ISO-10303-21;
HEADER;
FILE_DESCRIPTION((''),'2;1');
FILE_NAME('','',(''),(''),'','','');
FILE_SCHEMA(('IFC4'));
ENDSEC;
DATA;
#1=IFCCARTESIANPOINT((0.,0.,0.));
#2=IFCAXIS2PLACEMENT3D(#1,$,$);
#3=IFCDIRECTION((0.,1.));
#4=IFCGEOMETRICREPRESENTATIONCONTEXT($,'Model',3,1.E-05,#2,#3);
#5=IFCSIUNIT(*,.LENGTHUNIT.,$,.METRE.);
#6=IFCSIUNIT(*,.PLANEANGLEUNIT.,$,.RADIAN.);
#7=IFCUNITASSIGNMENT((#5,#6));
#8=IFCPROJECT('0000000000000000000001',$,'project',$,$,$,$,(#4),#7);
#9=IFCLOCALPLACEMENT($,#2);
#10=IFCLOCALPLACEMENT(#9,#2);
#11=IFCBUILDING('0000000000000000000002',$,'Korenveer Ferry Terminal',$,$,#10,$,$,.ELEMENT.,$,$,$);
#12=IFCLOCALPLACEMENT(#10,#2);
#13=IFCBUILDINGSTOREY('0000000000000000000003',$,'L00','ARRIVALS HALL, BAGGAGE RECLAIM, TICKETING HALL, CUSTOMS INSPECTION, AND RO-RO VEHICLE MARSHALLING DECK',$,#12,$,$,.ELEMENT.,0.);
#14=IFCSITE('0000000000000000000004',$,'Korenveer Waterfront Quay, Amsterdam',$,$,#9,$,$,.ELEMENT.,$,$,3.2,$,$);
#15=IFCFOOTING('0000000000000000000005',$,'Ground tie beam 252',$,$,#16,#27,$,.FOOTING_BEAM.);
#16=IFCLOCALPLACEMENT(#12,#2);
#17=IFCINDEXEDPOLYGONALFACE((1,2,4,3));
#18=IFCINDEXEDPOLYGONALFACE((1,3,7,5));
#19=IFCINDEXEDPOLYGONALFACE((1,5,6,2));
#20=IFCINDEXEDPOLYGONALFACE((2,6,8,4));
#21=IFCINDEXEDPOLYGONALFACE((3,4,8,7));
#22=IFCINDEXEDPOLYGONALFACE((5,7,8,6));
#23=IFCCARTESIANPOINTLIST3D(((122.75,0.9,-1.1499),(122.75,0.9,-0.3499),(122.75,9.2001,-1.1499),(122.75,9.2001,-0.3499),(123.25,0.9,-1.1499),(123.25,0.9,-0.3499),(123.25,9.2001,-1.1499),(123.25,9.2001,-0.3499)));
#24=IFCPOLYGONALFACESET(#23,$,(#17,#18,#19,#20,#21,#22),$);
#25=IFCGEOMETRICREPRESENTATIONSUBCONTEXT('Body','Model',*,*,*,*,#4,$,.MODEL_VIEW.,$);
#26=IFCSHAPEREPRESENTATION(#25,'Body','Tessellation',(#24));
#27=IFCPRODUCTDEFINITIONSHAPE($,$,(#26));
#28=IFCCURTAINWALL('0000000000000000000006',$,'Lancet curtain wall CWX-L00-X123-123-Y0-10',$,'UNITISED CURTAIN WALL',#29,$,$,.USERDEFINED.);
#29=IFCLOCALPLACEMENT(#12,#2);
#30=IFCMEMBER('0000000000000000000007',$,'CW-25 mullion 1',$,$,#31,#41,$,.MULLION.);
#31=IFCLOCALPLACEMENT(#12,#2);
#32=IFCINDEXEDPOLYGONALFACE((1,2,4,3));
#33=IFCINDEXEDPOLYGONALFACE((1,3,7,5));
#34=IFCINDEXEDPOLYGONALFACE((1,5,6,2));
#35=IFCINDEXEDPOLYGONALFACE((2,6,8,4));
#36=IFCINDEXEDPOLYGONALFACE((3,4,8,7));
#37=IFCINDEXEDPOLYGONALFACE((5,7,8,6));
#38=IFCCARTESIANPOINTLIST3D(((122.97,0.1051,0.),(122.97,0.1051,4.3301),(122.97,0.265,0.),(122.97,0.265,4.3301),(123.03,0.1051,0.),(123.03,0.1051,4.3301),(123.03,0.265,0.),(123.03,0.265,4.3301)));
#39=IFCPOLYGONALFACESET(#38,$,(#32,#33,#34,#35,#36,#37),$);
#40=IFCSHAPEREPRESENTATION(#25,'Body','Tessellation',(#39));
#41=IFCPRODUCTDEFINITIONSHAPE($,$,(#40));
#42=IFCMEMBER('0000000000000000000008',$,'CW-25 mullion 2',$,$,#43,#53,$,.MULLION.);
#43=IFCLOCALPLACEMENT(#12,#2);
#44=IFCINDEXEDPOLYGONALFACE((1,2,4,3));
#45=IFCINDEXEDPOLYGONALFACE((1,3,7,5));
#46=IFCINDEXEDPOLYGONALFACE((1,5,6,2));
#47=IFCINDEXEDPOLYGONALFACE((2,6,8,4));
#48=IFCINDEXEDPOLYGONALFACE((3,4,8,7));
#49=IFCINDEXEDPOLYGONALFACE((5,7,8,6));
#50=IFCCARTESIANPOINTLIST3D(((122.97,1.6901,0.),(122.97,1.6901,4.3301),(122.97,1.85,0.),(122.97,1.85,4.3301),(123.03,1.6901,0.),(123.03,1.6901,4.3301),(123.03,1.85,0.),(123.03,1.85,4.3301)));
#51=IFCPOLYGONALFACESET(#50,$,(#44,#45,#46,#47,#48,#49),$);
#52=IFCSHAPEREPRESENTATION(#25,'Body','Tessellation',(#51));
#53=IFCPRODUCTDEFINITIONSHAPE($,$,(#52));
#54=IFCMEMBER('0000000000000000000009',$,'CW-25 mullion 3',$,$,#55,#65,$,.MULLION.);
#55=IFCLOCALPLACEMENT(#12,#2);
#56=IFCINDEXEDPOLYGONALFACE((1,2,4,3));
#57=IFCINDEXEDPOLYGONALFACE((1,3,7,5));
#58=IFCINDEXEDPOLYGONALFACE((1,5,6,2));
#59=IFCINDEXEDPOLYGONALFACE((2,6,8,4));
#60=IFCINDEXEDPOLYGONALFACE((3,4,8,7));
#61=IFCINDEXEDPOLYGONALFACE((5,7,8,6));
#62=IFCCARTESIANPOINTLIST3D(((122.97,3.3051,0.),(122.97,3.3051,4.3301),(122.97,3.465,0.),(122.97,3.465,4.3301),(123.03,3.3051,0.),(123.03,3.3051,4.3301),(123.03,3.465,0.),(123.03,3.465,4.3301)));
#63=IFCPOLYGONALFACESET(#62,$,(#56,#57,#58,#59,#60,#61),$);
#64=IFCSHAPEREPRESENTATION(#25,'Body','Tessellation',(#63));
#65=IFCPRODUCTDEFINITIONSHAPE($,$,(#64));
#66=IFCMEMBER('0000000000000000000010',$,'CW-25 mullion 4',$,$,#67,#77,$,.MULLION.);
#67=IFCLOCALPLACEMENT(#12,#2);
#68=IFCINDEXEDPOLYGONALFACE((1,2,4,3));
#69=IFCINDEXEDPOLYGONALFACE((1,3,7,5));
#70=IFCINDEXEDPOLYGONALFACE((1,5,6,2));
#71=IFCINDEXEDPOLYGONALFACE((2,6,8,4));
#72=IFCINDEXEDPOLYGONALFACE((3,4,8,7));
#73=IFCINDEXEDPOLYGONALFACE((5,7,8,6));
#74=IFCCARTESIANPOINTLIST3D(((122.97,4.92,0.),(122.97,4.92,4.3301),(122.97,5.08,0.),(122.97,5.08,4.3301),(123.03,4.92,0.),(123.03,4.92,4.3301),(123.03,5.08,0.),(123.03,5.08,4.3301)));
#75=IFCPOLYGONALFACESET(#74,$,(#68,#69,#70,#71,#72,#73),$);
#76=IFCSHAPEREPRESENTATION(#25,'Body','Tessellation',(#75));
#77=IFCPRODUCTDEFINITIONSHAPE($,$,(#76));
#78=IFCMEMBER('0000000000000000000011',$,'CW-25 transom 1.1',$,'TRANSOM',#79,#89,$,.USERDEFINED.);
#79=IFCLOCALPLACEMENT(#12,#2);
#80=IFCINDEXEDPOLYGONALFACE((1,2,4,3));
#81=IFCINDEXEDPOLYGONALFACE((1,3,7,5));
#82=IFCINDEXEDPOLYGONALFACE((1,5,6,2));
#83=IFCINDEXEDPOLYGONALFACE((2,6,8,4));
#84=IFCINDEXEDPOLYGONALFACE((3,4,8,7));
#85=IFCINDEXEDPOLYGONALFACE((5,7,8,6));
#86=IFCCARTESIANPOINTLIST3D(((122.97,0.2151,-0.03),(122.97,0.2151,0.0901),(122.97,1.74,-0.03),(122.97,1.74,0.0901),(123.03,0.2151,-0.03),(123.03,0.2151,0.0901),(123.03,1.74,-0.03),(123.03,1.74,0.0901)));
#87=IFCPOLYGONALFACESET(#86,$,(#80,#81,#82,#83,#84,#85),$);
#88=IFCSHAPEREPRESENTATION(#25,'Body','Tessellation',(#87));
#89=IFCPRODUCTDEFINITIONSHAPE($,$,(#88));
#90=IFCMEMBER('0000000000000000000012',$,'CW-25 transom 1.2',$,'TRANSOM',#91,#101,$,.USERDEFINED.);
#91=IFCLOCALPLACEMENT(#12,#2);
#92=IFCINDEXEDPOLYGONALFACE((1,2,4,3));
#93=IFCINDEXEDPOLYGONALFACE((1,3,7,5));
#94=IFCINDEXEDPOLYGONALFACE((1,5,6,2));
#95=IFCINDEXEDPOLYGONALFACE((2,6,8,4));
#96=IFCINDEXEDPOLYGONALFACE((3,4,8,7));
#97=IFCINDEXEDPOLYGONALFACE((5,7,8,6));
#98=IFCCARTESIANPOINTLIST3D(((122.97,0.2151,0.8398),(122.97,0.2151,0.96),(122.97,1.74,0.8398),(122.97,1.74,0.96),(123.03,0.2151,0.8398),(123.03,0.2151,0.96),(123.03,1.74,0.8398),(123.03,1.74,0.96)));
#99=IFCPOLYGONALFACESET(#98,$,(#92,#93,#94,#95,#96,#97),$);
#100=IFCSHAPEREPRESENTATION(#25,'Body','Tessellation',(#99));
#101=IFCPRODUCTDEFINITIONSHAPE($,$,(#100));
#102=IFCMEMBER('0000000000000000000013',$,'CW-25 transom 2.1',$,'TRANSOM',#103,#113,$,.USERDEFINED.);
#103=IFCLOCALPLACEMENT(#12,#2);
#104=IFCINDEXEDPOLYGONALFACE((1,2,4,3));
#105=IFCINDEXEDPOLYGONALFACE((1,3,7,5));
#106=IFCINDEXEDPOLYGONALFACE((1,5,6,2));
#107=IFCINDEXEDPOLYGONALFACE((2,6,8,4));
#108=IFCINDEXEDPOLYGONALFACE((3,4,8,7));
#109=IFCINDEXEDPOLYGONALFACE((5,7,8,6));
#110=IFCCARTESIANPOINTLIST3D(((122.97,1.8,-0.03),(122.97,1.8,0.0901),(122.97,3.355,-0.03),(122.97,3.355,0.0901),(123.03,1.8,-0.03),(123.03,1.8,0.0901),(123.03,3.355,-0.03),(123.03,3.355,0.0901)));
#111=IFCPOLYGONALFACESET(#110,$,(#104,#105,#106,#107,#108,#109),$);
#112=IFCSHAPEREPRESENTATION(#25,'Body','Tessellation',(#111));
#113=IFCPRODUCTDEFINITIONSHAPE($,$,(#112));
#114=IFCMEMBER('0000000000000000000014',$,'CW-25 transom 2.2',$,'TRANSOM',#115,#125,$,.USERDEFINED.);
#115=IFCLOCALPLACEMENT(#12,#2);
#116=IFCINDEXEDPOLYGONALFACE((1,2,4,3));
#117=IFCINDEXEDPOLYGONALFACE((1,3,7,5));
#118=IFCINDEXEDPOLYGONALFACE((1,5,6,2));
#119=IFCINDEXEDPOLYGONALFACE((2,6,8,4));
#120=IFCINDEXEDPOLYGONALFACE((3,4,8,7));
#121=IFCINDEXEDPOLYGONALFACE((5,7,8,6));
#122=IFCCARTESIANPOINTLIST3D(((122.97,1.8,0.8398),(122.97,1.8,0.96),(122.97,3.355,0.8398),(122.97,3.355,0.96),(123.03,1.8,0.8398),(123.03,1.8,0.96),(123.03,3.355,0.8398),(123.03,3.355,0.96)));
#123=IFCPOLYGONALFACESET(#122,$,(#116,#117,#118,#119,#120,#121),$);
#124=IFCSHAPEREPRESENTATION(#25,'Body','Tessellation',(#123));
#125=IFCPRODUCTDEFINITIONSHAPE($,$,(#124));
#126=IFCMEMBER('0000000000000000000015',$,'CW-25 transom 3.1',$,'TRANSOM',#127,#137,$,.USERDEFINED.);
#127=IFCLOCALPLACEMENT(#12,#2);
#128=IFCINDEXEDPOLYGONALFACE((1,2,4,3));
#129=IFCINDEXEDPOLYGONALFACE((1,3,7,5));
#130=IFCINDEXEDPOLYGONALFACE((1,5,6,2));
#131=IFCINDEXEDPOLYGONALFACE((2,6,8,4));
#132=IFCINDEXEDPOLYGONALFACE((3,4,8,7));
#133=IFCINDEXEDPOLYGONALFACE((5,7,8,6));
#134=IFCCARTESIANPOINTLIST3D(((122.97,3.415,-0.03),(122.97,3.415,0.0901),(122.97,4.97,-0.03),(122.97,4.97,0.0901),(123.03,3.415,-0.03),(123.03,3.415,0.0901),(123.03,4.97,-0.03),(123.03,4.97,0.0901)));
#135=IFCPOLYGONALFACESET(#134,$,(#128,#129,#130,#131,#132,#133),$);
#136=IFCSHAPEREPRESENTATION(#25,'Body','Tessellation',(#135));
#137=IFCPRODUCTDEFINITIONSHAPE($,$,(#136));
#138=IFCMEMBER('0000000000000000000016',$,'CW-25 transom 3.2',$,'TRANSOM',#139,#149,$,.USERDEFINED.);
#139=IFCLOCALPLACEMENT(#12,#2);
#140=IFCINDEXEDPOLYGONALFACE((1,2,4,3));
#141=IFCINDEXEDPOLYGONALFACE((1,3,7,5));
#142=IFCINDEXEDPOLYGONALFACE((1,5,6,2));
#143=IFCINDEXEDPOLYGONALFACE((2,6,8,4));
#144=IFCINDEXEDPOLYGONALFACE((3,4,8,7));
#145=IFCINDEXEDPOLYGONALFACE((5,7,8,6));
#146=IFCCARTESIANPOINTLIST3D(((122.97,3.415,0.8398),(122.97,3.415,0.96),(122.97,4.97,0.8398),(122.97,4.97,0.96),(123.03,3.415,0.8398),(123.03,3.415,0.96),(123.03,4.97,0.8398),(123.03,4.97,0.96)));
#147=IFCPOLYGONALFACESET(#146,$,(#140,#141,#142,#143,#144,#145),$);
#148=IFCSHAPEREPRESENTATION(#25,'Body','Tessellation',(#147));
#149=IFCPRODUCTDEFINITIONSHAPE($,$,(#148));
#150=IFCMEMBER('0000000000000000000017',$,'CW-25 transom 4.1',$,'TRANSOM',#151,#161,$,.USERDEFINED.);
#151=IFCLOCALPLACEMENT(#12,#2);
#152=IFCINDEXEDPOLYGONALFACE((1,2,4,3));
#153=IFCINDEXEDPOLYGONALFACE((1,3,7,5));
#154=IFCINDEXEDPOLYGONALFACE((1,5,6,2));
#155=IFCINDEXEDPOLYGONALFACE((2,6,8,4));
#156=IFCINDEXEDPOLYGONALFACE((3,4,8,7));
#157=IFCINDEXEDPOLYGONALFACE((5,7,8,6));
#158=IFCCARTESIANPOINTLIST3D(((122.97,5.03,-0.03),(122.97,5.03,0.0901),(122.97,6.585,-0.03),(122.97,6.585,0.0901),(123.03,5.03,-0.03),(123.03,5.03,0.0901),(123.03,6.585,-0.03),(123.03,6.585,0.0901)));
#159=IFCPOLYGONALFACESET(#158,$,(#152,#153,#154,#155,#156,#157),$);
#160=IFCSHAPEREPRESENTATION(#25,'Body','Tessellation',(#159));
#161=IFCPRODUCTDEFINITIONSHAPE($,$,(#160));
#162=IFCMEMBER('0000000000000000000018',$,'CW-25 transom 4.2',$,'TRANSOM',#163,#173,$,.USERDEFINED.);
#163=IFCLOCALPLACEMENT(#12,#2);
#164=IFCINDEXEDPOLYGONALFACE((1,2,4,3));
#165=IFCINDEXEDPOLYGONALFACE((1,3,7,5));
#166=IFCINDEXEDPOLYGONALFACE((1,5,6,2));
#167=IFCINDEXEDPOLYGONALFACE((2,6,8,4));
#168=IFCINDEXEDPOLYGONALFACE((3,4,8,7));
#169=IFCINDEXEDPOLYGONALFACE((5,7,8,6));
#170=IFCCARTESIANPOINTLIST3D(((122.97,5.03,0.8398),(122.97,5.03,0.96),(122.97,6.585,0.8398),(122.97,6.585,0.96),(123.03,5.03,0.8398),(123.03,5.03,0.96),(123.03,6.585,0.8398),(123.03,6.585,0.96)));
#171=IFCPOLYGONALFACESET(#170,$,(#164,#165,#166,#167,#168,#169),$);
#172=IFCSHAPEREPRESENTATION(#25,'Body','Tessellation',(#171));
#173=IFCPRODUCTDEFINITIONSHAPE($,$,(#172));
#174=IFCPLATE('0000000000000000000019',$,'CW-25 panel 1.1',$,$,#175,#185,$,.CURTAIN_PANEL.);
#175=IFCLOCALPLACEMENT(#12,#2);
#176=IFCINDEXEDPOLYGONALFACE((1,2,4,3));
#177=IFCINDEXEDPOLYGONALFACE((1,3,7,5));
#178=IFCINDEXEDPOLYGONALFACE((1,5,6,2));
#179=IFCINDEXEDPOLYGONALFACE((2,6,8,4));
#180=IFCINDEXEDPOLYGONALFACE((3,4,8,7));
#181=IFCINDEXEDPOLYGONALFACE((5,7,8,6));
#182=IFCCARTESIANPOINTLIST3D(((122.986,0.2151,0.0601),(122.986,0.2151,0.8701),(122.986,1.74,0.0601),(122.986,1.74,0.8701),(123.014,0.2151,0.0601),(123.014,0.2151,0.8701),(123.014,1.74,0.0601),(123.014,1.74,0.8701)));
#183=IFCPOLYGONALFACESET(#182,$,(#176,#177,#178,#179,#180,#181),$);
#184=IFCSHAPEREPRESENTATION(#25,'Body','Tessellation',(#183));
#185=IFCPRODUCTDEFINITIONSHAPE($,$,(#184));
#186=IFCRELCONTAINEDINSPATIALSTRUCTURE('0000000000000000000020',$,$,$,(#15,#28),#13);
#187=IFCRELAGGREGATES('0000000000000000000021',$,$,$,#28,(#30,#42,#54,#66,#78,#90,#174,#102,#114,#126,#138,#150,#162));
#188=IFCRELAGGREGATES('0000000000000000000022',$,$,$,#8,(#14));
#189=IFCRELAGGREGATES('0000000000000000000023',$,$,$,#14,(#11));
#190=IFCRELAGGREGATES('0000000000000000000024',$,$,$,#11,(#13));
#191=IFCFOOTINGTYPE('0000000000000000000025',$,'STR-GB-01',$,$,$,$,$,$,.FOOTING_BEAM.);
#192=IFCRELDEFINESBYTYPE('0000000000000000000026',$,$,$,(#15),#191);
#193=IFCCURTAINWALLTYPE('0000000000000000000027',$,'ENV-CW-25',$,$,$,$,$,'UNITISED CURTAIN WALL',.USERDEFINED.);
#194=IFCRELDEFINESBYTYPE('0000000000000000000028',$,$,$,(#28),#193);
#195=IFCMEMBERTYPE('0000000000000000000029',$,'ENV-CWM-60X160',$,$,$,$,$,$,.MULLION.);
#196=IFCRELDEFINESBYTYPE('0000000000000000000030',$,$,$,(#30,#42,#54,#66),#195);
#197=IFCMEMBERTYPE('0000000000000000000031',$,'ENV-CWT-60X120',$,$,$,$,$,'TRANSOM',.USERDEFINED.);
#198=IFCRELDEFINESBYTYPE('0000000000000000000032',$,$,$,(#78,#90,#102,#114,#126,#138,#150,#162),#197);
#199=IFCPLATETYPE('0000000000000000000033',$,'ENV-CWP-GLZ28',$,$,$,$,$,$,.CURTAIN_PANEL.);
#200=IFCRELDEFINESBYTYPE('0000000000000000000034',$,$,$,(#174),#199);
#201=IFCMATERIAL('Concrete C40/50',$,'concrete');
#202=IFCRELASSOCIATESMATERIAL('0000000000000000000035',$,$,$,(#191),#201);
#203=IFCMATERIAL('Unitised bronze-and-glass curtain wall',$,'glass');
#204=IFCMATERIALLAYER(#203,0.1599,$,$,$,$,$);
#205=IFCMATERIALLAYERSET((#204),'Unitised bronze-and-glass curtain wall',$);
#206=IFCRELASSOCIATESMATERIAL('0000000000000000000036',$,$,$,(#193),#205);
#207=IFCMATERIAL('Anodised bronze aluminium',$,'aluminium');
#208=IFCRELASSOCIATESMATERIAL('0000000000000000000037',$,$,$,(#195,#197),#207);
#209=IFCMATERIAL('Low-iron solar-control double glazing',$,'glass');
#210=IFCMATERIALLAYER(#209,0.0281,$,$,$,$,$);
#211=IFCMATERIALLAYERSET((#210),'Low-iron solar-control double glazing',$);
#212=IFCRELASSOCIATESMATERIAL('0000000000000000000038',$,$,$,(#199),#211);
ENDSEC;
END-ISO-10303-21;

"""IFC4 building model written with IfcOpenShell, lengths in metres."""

from ifc_helpers import new_model, si_unit, direction, frame, origin, origin_2d, place, context, subcontext, project, spatial, rectangle, extrude, material, layer, layer_set, material_profile, profile_set, type_object, element, aggregate, save


model = new_model("IFC4")

# Units and contexts
model_context = context("Model", 3, precision=1e-05, world=origin(), true_north=direction((0.0, 1.0)))
body_context = subcontext(model_context, "Body", "Model", "MODEL_VIEW")
ifc_project = project(units=[si_unit("LENGTHUNIT", "METRE"), si_unit("PLANEANGLEUNIT", "RADIAN")], contexts=[model_context])

# Site, building, storey
site_placement = place(None, origin())
site = spatial("IfcSite", under=ifc_project, at=site_placement, Name="Korenveer Waterfront Quay, Amsterdam", CompositionType="ELEMENT", RefElevation=3.2)
building_placement = place(site_placement, origin())
building = spatial("IfcBuilding", under=site, at=building_placement, Name="Korenveer Ferry Terminal", CompositionType="ELEMENT")
storey_placement = place(building_placement, origin())
storey = spatial("IfcBuildingStorey", under=building, at=storey_placement, Name="L00", Description="ARRIVALS HALL, BAGGAGE RECLAIM, TICKETING HALL, CUSTOMS INSPECTION, AND RO-RO VEHICLE MARSHALLING DECK", CompositionType="ELEMENT", Elevation=0.0)

# Footing
ifc_material_1 = material(Name="Concrete C40/50", Category="concrete")
footing_type = type_object("IfcFootingType", Name="STR-GB-01", PredefinedType="FOOTING_BEAM", material=ifc_material_1)
footing_placement = place(storey_placement, frame((123.0, 5.05, -1.1499), z_axis=(0.0, 0.0, 1.0), x_axis=(1.0, 0.0, 0.0)))
element("IfcFooting", 1, at=footing_placement, inside=storey, type_object=footing_type, Name="Ground tie beam 252", PredefinedType="FOOTING_BEAM", context=body_context, shape_type="SweptSolid", body=[
    extrude(rectangle(XDim=0.5, YDim=8.3, at=origin_2d()), origin(), (0.0, 0.0, 1.0), 0.8),
])

# Curtain wall, members, plate
ifc_material_2 = material(Name="Unitised bronze-and-glass curtain wall", Category="glass")
ifc_layer_1 = layer(ifc_material_2, 0.1599)
ifc_layer_set_1 = layer_set([ifc_layer_1], Name="Unitised bronze-and-glass curtain wall")
curtain_wall_type = type_object("IfcCurtainWallType", Name="ENV-CW-25", ElementType="UNITISED CURTAIN WALL", PredefinedType="USERDEFINED", material=ifc_layer_set_1)
curtain_wall_placement = place(storey_placement, frame((123.0, 0.155, 0.0)))
curtain_wall = element("IfcCurtainWall", 2, at=curtain_wall_placement, inside=storey, type_object=curtain_wall_type, Name="Lancet curtain wall CWX-L00-X123-123-Y0-10", ObjectType="UNITISED CURTAIN WALL", PredefinedType="USERDEFINED")
ifc_material_3 = material(Name="Anodised bronze aluminium", Category="aluminium")
ifc_material_profile_1 = material_profile(ifc_material_3, rectangle(XDim=0.0601, YDim=0.1599, at=origin_2d()), Name="ALU 60x160")
ifc_profile_set_1 = profile_set([ifc_material_profile_1], Name="Anodised bronze aluminium")
member_type_1 = type_object("IfcMemberType", Name="ENV-CWM-60X160", PredefinedType="MULLION", material=ifc_profile_set_1)
member_1_placement = place(storey_placement, frame((123.0, 0.1851, 0.0), z_axis=(0.0, 0.0, 1.0), x_axis=(-1.0, 0.0, 0.0)))
member_1 = element("IfcMember", 3, at=member_1_placement, type_object=member_type_1, Name="CW-25 mullion 1", PredefinedType="MULLION", context=body_context, shape_type="SweptSolid", body=[
    extrude(rectangle(XDim=0.0601, YDim=0.1599, at=origin_2d()), origin(), (0.0, 0.0, 1.0), 4.3301),
])
member_2_placement = place(storey_placement, frame((123.0, 1.77, 0.0), z_axis=(0.0, 0.0, 1.0), x_axis=(-1.0, 0.0, 0.0)))
member_2 = element("IfcMember", 4, at=member_2_placement, type_object=member_type_1, Name="CW-25 mullion 2", PredefinedType="MULLION", context=body_context, shape_type="SweptSolid", body=[
    extrude(rectangle(XDim=0.0601, YDim=0.1599, at=origin_2d()), origin(), (0.0, 0.0, 1.0), 4.3301),
])
member_3_placement = place(storey_placement, frame((123.0, 3.385, 0.0), z_axis=(0.0, 0.0, 1.0), x_axis=(-1.0, 0.0, 0.0)))
member_3 = element("IfcMember", 5, at=member_3_placement, type_object=member_type_1, Name="CW-25 mullion 3", PredefinedType="MULLION", context=body_context, shape_type="SweptSolid", body=[
    extrude(rectangle(XDim=0.0601, YDim=0.1599, at=origin_2d()), origin(), (0.0, 0.0, 1.0), 4.3301),
])
member_4_placement = place(storey_placement, frame((123.0, 5.0, 0.0), z_axis=(0.0, 0.0, 1.0), x_axis=(-1.0, 0.0, 0.0)))
member_4 = element("IfcMember", 6, at=member_4_placement, type_object=member_type_1, Name="CW-25 mullion 4", PredefinedType="MULLION", context=body_context, shape_type="SweptSolid", body=[
    extrude(rectangle(XDim=0.0601, YDim=0.1599, at=origin_2d()), origin(), (0.0, 0.0, 1.0), 4.3301),
])
ifc_material_profile_2 = material_profile(ifc_material_3, rectangle(XDim=0.0601, YDim=0.1201, at=origin_2d()), Name="ALU 60x120")
ifc_profile_set_2 = profile_set([ifc_material_profile_2], Name="Anodised bronze aluminium")
member_type_2 = type_object("IfcMemberType", Name="ENV-CWT-60X120", ElementType="TRANSOM", PredefinedType="USERDEFINED", material=ifc_profile_set_2)
member_5_placement = place(storey_placement, frame((123.0, 0.2151, 0.03), z_axis=(0.0, 1.0, 0.0), x_axis=(-1.0, 0.0, 0.0)))
member_5 = element("IfcMember", 7, at=member_5_placement, type_object=member_type_2, Name="CW-25 transom 1.1", ObjectType="TRANSOM", PredefinedType="USERDEFINED", context=body_context, shape_type="SweptSolid", body=[
    extrude(rectangle(XDim=0.0601, YDim=0.1201, at=origin_2d()), origin(), (0.0, 0.0, 1.0), 1.5249),
])
member_6_placement = place(storey_placement, frame((123.0, 0.2151, 0.8999), z_axis=(0.0, 1.0, 0.0), x_axis=(-1.0, 0.0, 0.0)))
member_6 = element("IfcMember", 8, at=member_6_placement, type_object=member_type_2, Name="CW-25 transom 1.2", ObjectType="TRANSOM", PredefinedType="USERDEFINED", context=body_context, shape_type="SweptSolid", body=[
    extrude(rectangle(XDim=0.0601, YDim=0.1201, at=origin_2d()), origin(), (0.0, 0.0, 1.0), 1.5249),
])
member_7_placement = place(storey_placement, frame((123.0, 1.8, 0.03), z_axis=(0.0, 1.0, 0.0), x_axis=(-1.0, 0.0, 0.0)))
member_7 = element("IfcMember", 9, at=member_7_placement, type_object=member_type_2, Name="CW-25 transom 2.1", ObjectType="TRANSOM", PredefinedType="USERDEFINED", context=body_context, shape_type="SweptSolid", body=[
    extrude(rectangle(XDim=0.0601, YDim=0.1201, at=origin_2d()), origin(), (0.0, 0.0, 1.0), 1.5549),
])
member_8_placement = place(storey_placement, frame((123.0, 1.8, 0.8999), z_axis=(0.0, 1.0, 0.0), x_axis=(-1.0, 0.0, 0.0)))
member_8 = element("IfcMember", 10, at=member_8_placement, type_object=member_type_2, Name="CW-25 transom 2.2", ObjectType="TRANSOM", PredefinedType="USERDEFINED", context=body_context, shape_type="SweptSolid", body=[
    extrude(rectangle(XDim=0.0601, YDim=0.1201, at=origin_2d()), origin(), (0.0, 0.0, 1.0), 1.5549),
])
member_9_placement = place(storey_placement, frame((123.0, 3.415, 0.03), z_axis=(0.0, 1.0, 0.0), x_axis=(-1.0, 0.0, 0.0)))
member_9 = element("IfcMember", 11, at=member_9_placement, type_object=member_type_2, Name="CW-25 transom 3.1", ObjectType="TRANSOM", PredefinedType="USERDEFINED", context=body_context, shape_type="SweptSolid", body=[
    extrude(rectangle(XDim=0.0601, YDim=0.1201, at=origin_2d()), origin(), (0.0, 0.0, 1.0), 1.5549),
])
member_10_placement = place(storey_placement, frame((123.0, 3.415, 0.8999), z_axis=(0.0, 1.0, 0.0), x_axis=(-1.0, 0.0, 0.0)))
member_10 = element("IfcMember", 12, at=member_10_placement, type_object=member_type_2, Name="CW-25 transom 3.2", ObjectType="TRANSOM", PredefinedType="USERDEFINED", context=body_context, shape_type="SweptSolid", body=[
    extrude(rectangle(XDim=0.0601, YDim=0.1201, at=origin_2d()), origin(), (0.0, 0.0, 1.0), 1.5549),
])
member_11_placement = place(storey_placement, frame((123.0, 5.03, 0.03), z_axis=(0.0, 1.0, 0.0), x_axis=(-1.0, 0.0, 0.0)))
member_11 = element("IfcMember", 13, at=member_11_placement, type_object=member_type_2, Name="CW-25 transom 4.1", ObjectType="TRANSOM", PredefinedType="USERDEFINED", context=body_context, shape_type="SweptSolid", body=[
    extrude(rectangle(XDim=0.0601, YDim=0.1201, at=origin_2d()), origin(), (0.0, 0.0, 1.0), 1.5549),
])
member_12_placement = place(storey_placement, frame((123.0, 5.03, 0.8999), z_axis=(0.0, 1.0, 0.0), x_axis=(-1.0, 0.0, 0.0)))
member_12 = element("IfcMember", 14, at=member_12_placement, type_object=member_type_2, Name="CW-25 transom 4.2", ObjectType="TRANSOM", PredefinedType="USERDEFINED", context=body_context, shape_type="SweptSolid", body=[
    extrude(rectangle(XDim=0.0601, YDim=0.1201, at=origin_2d()), origin(), (0.0, 0.0, 1.0), 1.5549),
])
ifc_material_4 = material(Name="Low-iron solar-control double glazing", Category="glass")
ifc_layer_2 = layer(ifc_material_4, 0.0281)
ifc_layer_set_2 = layer_set([ifc_layer_2], Name="Low-iron solar-control double glazing")
plate_type = type_object("IfcPlateType", Name="ENV-CWP-GLZ28", PredefinedType="CURTAIN_PANEL", material=ifc_layer_set_2)
plate_1_placement = place(storey_placement, frame((123.0, 0.9775, 0.0601), z_axis=(0.0, 0.0, 1.0), x_axis=(0.0, 1.0, 0.0)))
plate_1 = element("IfcPlate", 15, at=plate_1_placement, type_object=plate_type, Name="CW-25 panel 1.1", PredefinedType="CURTAIN_PANEL", context=body_context, shape_type="SweptSolid", body=[
    extrude(rectangle(XDim=1.5249, YDim=0.0281, at=origin_2d()), origin(), (0.0, 0.0, 1.0), 0.8101),
])
aggregate(curtain_wall, [member_1, member_2, member_3, member_4, member_5, member_6, plate_1, member_7, member_8, member_9, member_10, member_11, member_12])

save(model, "model.ifc")
